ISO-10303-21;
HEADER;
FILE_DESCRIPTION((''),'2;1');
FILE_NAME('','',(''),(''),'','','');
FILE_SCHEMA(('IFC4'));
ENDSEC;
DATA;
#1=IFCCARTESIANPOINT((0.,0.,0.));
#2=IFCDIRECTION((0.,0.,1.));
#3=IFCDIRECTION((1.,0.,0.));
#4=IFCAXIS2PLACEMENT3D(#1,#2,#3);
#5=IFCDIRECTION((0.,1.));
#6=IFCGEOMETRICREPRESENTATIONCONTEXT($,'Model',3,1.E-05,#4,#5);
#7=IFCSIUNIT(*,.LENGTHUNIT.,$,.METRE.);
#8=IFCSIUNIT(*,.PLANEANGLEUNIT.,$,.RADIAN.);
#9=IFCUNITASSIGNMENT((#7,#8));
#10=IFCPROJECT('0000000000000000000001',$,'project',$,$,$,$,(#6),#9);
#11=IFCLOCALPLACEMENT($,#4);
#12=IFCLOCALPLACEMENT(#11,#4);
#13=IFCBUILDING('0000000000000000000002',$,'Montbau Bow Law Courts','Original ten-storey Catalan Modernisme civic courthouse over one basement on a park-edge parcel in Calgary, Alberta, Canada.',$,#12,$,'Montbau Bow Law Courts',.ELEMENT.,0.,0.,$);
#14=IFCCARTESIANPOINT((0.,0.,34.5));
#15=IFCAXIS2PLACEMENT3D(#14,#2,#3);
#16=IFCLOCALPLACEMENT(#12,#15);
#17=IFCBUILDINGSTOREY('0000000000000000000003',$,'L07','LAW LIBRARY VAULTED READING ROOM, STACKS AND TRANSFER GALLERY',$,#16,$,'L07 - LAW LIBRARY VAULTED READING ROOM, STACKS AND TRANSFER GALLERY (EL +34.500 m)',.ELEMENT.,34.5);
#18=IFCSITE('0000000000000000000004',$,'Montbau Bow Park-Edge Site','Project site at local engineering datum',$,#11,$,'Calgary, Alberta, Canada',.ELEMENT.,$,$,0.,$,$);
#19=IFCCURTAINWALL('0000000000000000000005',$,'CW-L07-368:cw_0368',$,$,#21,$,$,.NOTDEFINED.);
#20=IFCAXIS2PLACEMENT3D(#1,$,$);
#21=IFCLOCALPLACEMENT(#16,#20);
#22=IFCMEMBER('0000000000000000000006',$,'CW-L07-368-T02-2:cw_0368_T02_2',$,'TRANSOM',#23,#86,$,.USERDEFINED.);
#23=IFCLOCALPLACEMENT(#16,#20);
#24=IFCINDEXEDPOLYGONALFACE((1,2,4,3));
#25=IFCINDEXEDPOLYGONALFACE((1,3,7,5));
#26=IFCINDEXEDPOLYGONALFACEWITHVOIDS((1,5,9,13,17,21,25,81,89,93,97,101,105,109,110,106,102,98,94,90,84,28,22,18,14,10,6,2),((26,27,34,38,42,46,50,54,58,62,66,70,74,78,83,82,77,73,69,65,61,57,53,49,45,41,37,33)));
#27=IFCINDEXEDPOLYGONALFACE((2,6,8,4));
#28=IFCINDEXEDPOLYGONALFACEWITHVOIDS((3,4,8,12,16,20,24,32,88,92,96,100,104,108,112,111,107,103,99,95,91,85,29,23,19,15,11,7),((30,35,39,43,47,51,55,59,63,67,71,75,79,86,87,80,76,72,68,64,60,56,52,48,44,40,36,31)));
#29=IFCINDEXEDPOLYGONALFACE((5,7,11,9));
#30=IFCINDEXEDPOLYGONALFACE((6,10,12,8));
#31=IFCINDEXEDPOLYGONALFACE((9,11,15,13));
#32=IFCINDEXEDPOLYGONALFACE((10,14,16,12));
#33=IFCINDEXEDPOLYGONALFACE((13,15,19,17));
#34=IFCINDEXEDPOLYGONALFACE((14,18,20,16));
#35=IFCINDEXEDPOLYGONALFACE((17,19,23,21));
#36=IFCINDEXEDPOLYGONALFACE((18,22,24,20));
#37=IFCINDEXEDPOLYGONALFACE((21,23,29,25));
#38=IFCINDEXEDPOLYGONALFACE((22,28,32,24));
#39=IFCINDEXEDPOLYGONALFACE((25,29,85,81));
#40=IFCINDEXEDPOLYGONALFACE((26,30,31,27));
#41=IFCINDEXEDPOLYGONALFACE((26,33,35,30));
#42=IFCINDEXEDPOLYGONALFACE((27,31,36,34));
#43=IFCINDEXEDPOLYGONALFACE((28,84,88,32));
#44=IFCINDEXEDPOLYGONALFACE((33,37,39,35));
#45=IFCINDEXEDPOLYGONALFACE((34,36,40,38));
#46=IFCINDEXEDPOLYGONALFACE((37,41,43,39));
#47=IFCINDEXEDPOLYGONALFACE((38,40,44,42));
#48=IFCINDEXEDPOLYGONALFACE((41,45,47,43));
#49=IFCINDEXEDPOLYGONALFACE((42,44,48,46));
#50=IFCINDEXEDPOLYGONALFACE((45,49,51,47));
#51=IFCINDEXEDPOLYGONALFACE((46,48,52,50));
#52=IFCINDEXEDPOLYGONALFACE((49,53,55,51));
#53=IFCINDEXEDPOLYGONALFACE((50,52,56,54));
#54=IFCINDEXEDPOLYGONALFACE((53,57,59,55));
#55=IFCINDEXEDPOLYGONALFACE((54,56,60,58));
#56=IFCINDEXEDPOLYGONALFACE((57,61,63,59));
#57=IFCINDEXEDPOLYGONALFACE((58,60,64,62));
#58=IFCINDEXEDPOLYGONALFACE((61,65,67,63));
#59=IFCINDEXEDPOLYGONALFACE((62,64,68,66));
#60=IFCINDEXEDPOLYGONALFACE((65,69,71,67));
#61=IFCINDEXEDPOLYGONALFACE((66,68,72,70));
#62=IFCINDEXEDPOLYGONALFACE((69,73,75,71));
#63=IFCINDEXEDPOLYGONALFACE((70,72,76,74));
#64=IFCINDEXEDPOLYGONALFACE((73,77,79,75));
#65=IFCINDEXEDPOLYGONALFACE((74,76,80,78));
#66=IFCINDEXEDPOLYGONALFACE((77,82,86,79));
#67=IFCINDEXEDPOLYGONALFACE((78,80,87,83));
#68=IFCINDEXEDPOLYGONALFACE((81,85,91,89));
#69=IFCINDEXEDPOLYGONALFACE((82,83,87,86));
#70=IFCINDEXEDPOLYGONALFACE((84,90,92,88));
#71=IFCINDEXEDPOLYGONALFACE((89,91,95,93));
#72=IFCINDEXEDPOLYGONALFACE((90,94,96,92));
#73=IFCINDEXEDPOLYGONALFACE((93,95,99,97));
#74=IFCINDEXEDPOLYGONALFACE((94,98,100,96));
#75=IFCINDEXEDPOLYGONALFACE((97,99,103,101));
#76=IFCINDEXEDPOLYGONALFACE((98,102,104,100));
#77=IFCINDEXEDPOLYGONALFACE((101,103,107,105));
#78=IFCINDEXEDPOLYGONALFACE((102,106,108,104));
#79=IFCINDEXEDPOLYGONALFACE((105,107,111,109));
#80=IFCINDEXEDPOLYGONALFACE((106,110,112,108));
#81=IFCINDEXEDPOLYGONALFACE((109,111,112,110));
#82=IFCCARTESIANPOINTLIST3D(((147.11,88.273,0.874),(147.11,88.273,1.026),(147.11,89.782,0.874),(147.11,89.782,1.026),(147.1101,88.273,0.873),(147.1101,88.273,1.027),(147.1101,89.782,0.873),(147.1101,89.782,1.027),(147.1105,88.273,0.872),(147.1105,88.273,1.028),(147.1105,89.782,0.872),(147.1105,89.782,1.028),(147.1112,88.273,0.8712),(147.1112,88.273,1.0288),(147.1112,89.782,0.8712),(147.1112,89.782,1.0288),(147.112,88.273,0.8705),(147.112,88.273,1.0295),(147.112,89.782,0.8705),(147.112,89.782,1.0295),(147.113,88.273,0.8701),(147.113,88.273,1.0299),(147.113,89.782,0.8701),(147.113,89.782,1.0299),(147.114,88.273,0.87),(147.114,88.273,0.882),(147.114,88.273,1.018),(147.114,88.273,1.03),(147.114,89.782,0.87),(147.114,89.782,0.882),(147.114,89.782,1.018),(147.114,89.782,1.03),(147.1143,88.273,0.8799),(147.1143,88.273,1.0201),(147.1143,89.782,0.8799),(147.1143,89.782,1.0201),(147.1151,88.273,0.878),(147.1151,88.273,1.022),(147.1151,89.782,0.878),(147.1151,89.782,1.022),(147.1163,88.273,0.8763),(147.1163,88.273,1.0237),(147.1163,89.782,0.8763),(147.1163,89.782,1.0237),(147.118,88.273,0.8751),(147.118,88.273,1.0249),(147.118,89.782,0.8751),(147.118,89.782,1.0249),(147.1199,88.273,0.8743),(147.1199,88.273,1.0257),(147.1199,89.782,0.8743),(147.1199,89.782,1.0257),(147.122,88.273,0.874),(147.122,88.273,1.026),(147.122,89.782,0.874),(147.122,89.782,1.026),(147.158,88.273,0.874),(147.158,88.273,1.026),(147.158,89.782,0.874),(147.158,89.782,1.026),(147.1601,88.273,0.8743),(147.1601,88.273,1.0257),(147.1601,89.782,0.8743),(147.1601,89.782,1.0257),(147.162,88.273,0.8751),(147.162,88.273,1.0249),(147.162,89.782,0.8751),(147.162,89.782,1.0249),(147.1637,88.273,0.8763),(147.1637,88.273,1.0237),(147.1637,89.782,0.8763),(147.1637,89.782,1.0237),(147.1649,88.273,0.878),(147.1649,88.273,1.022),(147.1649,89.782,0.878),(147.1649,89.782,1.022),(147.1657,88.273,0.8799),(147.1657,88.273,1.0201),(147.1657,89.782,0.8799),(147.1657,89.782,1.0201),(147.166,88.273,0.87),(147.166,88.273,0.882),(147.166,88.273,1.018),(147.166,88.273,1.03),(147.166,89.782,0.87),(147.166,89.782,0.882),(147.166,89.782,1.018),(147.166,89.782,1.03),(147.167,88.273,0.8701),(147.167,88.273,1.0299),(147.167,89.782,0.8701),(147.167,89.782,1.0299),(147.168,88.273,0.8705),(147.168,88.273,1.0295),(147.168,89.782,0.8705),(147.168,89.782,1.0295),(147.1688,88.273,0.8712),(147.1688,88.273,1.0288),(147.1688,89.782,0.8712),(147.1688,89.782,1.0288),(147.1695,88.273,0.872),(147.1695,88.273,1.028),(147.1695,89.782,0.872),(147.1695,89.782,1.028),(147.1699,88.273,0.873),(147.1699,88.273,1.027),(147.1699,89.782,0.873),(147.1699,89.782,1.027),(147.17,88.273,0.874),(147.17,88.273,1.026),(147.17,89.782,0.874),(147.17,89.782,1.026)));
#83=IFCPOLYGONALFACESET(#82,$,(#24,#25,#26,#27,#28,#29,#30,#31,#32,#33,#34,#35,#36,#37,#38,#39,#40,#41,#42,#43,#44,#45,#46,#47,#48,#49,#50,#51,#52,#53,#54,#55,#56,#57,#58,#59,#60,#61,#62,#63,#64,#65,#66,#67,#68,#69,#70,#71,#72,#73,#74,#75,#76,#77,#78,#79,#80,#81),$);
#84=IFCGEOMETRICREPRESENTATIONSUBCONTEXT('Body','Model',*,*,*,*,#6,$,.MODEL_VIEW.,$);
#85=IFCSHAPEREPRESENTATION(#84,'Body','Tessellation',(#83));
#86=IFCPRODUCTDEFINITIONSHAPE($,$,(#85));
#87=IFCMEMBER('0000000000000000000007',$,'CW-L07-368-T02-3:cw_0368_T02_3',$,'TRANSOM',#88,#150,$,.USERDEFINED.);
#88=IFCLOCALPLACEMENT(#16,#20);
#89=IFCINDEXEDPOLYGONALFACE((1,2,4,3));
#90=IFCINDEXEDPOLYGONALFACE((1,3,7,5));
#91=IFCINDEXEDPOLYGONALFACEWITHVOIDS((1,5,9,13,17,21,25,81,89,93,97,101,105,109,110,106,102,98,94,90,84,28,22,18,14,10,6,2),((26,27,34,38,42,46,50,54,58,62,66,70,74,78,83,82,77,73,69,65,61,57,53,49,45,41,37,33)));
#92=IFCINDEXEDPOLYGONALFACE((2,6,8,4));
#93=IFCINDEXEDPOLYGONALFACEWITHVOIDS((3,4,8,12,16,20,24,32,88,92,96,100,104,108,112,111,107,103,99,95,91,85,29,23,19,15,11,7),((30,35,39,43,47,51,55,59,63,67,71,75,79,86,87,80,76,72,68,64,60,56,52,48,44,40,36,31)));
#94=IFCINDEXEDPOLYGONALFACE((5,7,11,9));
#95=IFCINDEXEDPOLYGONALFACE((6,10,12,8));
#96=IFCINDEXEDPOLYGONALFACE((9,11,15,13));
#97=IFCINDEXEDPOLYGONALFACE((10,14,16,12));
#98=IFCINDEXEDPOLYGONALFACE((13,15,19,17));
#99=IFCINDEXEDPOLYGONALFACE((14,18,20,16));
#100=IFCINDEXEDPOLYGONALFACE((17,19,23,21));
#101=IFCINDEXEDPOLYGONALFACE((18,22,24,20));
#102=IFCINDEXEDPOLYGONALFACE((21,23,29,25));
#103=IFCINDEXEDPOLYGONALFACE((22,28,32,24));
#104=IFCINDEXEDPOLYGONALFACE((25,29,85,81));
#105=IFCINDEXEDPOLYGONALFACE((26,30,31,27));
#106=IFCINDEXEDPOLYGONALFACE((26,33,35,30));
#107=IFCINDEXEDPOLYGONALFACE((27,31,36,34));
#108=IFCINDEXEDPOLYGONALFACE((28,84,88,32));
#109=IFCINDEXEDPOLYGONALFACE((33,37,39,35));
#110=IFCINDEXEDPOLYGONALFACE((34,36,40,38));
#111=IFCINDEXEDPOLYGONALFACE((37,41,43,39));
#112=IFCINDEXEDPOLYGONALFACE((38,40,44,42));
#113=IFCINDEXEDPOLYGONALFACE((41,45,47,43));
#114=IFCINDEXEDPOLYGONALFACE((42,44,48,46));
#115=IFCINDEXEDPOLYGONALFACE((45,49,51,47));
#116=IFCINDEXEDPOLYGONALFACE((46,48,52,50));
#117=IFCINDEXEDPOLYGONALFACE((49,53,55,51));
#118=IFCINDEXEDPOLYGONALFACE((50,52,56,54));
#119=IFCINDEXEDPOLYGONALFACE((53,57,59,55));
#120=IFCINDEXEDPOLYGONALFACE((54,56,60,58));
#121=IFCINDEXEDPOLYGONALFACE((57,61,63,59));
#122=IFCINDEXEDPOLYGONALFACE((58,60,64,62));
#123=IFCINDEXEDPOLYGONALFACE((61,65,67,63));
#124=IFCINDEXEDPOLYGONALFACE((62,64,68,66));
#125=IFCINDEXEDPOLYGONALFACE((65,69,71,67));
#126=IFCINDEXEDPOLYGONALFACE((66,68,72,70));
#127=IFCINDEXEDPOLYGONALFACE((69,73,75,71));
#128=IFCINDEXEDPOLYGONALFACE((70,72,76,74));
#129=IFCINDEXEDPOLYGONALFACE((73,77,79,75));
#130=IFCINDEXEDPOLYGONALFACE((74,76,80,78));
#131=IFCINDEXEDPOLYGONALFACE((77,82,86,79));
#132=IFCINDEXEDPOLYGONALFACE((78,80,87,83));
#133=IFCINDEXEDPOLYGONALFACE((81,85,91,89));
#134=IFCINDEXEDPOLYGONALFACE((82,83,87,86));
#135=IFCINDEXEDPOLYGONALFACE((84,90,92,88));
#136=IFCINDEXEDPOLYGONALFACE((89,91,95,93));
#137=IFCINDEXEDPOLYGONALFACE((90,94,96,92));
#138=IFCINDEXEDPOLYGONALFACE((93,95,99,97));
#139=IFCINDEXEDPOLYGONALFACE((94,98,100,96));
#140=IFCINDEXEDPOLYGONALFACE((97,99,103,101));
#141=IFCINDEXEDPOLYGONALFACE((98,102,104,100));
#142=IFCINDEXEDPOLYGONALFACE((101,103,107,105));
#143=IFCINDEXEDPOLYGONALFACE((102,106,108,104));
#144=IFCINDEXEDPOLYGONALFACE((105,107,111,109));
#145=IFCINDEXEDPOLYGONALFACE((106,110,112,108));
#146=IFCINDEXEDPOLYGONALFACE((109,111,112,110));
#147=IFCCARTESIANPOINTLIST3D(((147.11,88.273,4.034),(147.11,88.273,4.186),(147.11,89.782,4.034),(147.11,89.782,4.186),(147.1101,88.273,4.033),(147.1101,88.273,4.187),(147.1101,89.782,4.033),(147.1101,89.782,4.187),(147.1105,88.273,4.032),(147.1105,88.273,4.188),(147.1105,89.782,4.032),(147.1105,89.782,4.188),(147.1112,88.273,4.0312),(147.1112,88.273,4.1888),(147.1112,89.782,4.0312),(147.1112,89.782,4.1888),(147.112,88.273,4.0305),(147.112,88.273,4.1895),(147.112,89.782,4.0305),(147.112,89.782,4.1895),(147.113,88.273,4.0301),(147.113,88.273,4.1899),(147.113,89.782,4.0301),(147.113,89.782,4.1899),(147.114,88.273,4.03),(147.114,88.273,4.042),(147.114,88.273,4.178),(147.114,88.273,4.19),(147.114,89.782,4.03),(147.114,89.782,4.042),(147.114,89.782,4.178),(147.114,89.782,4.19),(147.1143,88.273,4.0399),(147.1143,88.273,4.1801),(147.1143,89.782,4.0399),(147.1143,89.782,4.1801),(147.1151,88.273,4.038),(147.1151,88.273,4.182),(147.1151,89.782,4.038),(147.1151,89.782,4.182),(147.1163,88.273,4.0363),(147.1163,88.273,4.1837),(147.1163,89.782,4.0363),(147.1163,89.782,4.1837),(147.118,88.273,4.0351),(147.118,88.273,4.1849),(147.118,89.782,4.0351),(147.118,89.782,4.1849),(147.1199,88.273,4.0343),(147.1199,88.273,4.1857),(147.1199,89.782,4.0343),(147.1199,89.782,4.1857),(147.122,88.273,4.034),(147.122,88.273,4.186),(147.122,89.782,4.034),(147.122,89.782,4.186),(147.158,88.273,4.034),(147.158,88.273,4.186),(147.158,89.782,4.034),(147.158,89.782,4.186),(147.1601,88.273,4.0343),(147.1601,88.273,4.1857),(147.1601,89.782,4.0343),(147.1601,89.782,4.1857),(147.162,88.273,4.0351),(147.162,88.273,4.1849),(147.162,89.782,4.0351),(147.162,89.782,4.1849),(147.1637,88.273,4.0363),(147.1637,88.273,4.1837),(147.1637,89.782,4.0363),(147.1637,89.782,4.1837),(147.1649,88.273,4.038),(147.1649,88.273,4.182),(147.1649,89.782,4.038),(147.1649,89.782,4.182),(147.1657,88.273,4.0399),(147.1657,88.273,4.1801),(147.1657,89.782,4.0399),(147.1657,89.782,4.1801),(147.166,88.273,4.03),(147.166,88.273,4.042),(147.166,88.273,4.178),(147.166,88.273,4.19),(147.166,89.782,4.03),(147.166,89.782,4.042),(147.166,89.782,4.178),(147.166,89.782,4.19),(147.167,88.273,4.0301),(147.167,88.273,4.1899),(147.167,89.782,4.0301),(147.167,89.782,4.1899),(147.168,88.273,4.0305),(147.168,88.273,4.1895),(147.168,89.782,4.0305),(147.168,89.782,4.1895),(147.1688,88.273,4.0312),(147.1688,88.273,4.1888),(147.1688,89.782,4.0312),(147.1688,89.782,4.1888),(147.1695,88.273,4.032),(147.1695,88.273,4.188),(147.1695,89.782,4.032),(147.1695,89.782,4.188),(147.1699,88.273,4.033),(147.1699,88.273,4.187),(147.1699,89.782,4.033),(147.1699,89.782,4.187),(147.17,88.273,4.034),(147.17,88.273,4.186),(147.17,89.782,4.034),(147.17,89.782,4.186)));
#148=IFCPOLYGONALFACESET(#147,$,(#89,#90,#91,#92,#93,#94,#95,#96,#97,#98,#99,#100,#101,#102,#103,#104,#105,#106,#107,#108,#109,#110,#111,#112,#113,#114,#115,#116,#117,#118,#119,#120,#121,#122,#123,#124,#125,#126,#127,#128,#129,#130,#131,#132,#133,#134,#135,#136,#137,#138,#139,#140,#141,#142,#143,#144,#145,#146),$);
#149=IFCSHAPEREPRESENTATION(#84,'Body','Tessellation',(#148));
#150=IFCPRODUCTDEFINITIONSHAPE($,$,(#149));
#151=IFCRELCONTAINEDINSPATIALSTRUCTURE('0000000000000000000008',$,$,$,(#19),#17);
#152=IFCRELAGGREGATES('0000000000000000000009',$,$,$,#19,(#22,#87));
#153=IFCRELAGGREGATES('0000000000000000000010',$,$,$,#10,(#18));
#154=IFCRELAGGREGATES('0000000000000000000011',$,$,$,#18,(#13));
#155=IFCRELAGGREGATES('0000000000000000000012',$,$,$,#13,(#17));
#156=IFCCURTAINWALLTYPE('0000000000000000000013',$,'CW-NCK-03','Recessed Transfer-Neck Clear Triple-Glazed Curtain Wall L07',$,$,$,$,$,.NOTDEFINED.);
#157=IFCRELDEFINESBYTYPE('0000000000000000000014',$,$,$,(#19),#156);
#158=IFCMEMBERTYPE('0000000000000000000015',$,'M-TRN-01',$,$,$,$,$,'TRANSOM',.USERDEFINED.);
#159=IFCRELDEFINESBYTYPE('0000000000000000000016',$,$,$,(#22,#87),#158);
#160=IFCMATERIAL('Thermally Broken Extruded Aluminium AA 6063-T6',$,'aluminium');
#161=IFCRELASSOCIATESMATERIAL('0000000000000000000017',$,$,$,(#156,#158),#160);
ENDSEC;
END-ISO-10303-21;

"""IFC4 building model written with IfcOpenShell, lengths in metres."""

from ifc_helpers import new_model, si_unit, direction, frame, origin_with_axes, origin_2d_with_axis, place, context, subcontext, project, spatial, hollow_rectangle, extrude, material, material_profile, profile_set, type_object, element, aggregate, save


model = new_model("IFC4")

# Units and contexts
model_context = context("Model", 3, precision=1e-05, world=origin_with_axes(), true_north=direction((0.0, 1.0)))
body_context = subcontext(model_context, "Body", "Model", "MODEL_VIEW")
ifc_project = project(units=[si_unit("LENGTHUNIT", "METRE"), si_unit("PLANEANGLEUNIT", "RADIAN")], contexts=[model_context])

# Site, building, storey
site_placement = place(None, origin_with_axes())
site = spatial("IfcSite", under=ifc_project, at=site_placement, Name="Montbau Bow Park-Edge Site", Description="Project site at local engineering datum", LongName="Calgary, Alberta, Canada", CompositionType="ELEMENT", RefElevation=0.0)
building_placement = place(site_placement, origin_with_axes())
building = spatial("IfcBuilding", under=site, at=building_placement, Name="Montbau Bow Law Courts", Description="Original ten-storey Catalan Modernisme civic courthouse over one basement on a park-edge parcel in Calgary, Alberta, Canada.", LongName="Montbau Bow Law Courts", CompositionType="ELEMENT", ElevationOfRefHeight=0.0, ElevationOfTerrain=0.0)
storey_placement = place(building_placement, frame((0.0, 0.0, 34.5), z_axis=(0.0, 0.0, 1.0), x_axis=(1.0, 0.0, 0.0)))
storey = spatial("IfcBuildingStorey", under=building, at=storey_placement, Name="L07", Description="LAW LIBRARY VAULTED READING ROOM, STACKS AND TRANSFER GALLERY", LongName="L07 - LAW LIBRARY VAULTED READING ROOM, STACKS AND TRANSFER GALLERY (EL +34.500 m)", CompositionType="ELEMENT", Elevation=34.5)

# Curtain wall, members
ifc_material_1 = material(Name="Thermally Broken Extruded Aluminium AA 6063-T6", Category="aluminium")
curtain_wall_type = type_object("IfcCurtainWallType", Name="CW-NCK-03", Description="Recessed Transfer-Neck Clear Triple-Glazed Curtain Wall L07", PredefinedType="NOTDEFINED", material=ifc_material_1)
curtain_wall_placement = place(None, frame((147.14, 86.668, 34.5), z_axis=(0.0, 0.0, 1.0), x_axis=(1.0, 0.0, 0.0)))
curtain_wall = element("IfcCurtainWall", 1, at=curtain_wall_placement, inside=storey, type_object=curtain_wall_type, Name="CW-L07-368:cw_0368", PredefinedType="NOTDEFINED")
ifc_material_profile_1 = material_profile(ifc_material_1, hollow_rectangle(XDim=0.06, YDim=0.16, WallThickness=0.004, InnerFilletRadius=0.008, OuterFilletRadius=0.004, at=origin_2d_with_axis()), Name="CWT-160X60", Category="Main", Priority=0)
ifc_profile_set_1 = profile_set([ifc_material_profile_1], Name="Thermally Broken Extruded Aluminium AA 6063-T6")
member_type_1 = type_object("IfcMemberType", Name="M-TRN-01", ElementType="TRANSOM", PredefinedType="USERDEFINED", material=ifc_profile_set_1)
member_1_placement = place(None, frame((147.14, 88.273, 35.45), z_axis=(0.0, 1.0, 0.0), x_axis=(-1.0, 0.0, 0.0)))
member_1 = element("IfcMember", 2, at=member_1_placement, type_object=member_type_1, Name="CW-L07-368-T02-2:cw_0368_T02_2", ObjectType="TRANSOM", PredefinedType="USERDEFINED", context=body_context, shape_type="SweptSolid", body=[
    extrude(hollow_rectangle(XDim=0.06, YDim=0.16, WallThickness=0.004, InnerFilletRadius=0.008, OuterFilletRadius=0.004, at=origin_2d_with_axis()), origin_with_axes(), (0.0, 0.0, 1.0), 1.509),
])
member_2_placement = place(None, frame((147.14, 88.273, 38.61), z_axis=(0.0, 1.0, 0.0), x_axis=(-1.0, 0.0, 0.0)))
member_2 = element("IfcMember", 3, at=member_2_placement, type_object=member_type_1, Name="CW-L07-368-T02-3:cw_0368_T02_3", ObjectType="TRANSOM", PredefinedType="USERDEFINED", context=body_context, shape_type="SweptSolid", body=[
    extrude(hollow_rectangle(XDim=0.06, YDim=0.16, WallThickness=0.004, InnerFilletRadius=0.008, OuterFilletRadius=0.004, at=origin_2d_with_axis()), origin_with_axes(), (0.0, 0.0, 1.0), 1.509),
])
aggregate(curtain_wall, [member_1, member_2])

save(model, "model.ifc")
